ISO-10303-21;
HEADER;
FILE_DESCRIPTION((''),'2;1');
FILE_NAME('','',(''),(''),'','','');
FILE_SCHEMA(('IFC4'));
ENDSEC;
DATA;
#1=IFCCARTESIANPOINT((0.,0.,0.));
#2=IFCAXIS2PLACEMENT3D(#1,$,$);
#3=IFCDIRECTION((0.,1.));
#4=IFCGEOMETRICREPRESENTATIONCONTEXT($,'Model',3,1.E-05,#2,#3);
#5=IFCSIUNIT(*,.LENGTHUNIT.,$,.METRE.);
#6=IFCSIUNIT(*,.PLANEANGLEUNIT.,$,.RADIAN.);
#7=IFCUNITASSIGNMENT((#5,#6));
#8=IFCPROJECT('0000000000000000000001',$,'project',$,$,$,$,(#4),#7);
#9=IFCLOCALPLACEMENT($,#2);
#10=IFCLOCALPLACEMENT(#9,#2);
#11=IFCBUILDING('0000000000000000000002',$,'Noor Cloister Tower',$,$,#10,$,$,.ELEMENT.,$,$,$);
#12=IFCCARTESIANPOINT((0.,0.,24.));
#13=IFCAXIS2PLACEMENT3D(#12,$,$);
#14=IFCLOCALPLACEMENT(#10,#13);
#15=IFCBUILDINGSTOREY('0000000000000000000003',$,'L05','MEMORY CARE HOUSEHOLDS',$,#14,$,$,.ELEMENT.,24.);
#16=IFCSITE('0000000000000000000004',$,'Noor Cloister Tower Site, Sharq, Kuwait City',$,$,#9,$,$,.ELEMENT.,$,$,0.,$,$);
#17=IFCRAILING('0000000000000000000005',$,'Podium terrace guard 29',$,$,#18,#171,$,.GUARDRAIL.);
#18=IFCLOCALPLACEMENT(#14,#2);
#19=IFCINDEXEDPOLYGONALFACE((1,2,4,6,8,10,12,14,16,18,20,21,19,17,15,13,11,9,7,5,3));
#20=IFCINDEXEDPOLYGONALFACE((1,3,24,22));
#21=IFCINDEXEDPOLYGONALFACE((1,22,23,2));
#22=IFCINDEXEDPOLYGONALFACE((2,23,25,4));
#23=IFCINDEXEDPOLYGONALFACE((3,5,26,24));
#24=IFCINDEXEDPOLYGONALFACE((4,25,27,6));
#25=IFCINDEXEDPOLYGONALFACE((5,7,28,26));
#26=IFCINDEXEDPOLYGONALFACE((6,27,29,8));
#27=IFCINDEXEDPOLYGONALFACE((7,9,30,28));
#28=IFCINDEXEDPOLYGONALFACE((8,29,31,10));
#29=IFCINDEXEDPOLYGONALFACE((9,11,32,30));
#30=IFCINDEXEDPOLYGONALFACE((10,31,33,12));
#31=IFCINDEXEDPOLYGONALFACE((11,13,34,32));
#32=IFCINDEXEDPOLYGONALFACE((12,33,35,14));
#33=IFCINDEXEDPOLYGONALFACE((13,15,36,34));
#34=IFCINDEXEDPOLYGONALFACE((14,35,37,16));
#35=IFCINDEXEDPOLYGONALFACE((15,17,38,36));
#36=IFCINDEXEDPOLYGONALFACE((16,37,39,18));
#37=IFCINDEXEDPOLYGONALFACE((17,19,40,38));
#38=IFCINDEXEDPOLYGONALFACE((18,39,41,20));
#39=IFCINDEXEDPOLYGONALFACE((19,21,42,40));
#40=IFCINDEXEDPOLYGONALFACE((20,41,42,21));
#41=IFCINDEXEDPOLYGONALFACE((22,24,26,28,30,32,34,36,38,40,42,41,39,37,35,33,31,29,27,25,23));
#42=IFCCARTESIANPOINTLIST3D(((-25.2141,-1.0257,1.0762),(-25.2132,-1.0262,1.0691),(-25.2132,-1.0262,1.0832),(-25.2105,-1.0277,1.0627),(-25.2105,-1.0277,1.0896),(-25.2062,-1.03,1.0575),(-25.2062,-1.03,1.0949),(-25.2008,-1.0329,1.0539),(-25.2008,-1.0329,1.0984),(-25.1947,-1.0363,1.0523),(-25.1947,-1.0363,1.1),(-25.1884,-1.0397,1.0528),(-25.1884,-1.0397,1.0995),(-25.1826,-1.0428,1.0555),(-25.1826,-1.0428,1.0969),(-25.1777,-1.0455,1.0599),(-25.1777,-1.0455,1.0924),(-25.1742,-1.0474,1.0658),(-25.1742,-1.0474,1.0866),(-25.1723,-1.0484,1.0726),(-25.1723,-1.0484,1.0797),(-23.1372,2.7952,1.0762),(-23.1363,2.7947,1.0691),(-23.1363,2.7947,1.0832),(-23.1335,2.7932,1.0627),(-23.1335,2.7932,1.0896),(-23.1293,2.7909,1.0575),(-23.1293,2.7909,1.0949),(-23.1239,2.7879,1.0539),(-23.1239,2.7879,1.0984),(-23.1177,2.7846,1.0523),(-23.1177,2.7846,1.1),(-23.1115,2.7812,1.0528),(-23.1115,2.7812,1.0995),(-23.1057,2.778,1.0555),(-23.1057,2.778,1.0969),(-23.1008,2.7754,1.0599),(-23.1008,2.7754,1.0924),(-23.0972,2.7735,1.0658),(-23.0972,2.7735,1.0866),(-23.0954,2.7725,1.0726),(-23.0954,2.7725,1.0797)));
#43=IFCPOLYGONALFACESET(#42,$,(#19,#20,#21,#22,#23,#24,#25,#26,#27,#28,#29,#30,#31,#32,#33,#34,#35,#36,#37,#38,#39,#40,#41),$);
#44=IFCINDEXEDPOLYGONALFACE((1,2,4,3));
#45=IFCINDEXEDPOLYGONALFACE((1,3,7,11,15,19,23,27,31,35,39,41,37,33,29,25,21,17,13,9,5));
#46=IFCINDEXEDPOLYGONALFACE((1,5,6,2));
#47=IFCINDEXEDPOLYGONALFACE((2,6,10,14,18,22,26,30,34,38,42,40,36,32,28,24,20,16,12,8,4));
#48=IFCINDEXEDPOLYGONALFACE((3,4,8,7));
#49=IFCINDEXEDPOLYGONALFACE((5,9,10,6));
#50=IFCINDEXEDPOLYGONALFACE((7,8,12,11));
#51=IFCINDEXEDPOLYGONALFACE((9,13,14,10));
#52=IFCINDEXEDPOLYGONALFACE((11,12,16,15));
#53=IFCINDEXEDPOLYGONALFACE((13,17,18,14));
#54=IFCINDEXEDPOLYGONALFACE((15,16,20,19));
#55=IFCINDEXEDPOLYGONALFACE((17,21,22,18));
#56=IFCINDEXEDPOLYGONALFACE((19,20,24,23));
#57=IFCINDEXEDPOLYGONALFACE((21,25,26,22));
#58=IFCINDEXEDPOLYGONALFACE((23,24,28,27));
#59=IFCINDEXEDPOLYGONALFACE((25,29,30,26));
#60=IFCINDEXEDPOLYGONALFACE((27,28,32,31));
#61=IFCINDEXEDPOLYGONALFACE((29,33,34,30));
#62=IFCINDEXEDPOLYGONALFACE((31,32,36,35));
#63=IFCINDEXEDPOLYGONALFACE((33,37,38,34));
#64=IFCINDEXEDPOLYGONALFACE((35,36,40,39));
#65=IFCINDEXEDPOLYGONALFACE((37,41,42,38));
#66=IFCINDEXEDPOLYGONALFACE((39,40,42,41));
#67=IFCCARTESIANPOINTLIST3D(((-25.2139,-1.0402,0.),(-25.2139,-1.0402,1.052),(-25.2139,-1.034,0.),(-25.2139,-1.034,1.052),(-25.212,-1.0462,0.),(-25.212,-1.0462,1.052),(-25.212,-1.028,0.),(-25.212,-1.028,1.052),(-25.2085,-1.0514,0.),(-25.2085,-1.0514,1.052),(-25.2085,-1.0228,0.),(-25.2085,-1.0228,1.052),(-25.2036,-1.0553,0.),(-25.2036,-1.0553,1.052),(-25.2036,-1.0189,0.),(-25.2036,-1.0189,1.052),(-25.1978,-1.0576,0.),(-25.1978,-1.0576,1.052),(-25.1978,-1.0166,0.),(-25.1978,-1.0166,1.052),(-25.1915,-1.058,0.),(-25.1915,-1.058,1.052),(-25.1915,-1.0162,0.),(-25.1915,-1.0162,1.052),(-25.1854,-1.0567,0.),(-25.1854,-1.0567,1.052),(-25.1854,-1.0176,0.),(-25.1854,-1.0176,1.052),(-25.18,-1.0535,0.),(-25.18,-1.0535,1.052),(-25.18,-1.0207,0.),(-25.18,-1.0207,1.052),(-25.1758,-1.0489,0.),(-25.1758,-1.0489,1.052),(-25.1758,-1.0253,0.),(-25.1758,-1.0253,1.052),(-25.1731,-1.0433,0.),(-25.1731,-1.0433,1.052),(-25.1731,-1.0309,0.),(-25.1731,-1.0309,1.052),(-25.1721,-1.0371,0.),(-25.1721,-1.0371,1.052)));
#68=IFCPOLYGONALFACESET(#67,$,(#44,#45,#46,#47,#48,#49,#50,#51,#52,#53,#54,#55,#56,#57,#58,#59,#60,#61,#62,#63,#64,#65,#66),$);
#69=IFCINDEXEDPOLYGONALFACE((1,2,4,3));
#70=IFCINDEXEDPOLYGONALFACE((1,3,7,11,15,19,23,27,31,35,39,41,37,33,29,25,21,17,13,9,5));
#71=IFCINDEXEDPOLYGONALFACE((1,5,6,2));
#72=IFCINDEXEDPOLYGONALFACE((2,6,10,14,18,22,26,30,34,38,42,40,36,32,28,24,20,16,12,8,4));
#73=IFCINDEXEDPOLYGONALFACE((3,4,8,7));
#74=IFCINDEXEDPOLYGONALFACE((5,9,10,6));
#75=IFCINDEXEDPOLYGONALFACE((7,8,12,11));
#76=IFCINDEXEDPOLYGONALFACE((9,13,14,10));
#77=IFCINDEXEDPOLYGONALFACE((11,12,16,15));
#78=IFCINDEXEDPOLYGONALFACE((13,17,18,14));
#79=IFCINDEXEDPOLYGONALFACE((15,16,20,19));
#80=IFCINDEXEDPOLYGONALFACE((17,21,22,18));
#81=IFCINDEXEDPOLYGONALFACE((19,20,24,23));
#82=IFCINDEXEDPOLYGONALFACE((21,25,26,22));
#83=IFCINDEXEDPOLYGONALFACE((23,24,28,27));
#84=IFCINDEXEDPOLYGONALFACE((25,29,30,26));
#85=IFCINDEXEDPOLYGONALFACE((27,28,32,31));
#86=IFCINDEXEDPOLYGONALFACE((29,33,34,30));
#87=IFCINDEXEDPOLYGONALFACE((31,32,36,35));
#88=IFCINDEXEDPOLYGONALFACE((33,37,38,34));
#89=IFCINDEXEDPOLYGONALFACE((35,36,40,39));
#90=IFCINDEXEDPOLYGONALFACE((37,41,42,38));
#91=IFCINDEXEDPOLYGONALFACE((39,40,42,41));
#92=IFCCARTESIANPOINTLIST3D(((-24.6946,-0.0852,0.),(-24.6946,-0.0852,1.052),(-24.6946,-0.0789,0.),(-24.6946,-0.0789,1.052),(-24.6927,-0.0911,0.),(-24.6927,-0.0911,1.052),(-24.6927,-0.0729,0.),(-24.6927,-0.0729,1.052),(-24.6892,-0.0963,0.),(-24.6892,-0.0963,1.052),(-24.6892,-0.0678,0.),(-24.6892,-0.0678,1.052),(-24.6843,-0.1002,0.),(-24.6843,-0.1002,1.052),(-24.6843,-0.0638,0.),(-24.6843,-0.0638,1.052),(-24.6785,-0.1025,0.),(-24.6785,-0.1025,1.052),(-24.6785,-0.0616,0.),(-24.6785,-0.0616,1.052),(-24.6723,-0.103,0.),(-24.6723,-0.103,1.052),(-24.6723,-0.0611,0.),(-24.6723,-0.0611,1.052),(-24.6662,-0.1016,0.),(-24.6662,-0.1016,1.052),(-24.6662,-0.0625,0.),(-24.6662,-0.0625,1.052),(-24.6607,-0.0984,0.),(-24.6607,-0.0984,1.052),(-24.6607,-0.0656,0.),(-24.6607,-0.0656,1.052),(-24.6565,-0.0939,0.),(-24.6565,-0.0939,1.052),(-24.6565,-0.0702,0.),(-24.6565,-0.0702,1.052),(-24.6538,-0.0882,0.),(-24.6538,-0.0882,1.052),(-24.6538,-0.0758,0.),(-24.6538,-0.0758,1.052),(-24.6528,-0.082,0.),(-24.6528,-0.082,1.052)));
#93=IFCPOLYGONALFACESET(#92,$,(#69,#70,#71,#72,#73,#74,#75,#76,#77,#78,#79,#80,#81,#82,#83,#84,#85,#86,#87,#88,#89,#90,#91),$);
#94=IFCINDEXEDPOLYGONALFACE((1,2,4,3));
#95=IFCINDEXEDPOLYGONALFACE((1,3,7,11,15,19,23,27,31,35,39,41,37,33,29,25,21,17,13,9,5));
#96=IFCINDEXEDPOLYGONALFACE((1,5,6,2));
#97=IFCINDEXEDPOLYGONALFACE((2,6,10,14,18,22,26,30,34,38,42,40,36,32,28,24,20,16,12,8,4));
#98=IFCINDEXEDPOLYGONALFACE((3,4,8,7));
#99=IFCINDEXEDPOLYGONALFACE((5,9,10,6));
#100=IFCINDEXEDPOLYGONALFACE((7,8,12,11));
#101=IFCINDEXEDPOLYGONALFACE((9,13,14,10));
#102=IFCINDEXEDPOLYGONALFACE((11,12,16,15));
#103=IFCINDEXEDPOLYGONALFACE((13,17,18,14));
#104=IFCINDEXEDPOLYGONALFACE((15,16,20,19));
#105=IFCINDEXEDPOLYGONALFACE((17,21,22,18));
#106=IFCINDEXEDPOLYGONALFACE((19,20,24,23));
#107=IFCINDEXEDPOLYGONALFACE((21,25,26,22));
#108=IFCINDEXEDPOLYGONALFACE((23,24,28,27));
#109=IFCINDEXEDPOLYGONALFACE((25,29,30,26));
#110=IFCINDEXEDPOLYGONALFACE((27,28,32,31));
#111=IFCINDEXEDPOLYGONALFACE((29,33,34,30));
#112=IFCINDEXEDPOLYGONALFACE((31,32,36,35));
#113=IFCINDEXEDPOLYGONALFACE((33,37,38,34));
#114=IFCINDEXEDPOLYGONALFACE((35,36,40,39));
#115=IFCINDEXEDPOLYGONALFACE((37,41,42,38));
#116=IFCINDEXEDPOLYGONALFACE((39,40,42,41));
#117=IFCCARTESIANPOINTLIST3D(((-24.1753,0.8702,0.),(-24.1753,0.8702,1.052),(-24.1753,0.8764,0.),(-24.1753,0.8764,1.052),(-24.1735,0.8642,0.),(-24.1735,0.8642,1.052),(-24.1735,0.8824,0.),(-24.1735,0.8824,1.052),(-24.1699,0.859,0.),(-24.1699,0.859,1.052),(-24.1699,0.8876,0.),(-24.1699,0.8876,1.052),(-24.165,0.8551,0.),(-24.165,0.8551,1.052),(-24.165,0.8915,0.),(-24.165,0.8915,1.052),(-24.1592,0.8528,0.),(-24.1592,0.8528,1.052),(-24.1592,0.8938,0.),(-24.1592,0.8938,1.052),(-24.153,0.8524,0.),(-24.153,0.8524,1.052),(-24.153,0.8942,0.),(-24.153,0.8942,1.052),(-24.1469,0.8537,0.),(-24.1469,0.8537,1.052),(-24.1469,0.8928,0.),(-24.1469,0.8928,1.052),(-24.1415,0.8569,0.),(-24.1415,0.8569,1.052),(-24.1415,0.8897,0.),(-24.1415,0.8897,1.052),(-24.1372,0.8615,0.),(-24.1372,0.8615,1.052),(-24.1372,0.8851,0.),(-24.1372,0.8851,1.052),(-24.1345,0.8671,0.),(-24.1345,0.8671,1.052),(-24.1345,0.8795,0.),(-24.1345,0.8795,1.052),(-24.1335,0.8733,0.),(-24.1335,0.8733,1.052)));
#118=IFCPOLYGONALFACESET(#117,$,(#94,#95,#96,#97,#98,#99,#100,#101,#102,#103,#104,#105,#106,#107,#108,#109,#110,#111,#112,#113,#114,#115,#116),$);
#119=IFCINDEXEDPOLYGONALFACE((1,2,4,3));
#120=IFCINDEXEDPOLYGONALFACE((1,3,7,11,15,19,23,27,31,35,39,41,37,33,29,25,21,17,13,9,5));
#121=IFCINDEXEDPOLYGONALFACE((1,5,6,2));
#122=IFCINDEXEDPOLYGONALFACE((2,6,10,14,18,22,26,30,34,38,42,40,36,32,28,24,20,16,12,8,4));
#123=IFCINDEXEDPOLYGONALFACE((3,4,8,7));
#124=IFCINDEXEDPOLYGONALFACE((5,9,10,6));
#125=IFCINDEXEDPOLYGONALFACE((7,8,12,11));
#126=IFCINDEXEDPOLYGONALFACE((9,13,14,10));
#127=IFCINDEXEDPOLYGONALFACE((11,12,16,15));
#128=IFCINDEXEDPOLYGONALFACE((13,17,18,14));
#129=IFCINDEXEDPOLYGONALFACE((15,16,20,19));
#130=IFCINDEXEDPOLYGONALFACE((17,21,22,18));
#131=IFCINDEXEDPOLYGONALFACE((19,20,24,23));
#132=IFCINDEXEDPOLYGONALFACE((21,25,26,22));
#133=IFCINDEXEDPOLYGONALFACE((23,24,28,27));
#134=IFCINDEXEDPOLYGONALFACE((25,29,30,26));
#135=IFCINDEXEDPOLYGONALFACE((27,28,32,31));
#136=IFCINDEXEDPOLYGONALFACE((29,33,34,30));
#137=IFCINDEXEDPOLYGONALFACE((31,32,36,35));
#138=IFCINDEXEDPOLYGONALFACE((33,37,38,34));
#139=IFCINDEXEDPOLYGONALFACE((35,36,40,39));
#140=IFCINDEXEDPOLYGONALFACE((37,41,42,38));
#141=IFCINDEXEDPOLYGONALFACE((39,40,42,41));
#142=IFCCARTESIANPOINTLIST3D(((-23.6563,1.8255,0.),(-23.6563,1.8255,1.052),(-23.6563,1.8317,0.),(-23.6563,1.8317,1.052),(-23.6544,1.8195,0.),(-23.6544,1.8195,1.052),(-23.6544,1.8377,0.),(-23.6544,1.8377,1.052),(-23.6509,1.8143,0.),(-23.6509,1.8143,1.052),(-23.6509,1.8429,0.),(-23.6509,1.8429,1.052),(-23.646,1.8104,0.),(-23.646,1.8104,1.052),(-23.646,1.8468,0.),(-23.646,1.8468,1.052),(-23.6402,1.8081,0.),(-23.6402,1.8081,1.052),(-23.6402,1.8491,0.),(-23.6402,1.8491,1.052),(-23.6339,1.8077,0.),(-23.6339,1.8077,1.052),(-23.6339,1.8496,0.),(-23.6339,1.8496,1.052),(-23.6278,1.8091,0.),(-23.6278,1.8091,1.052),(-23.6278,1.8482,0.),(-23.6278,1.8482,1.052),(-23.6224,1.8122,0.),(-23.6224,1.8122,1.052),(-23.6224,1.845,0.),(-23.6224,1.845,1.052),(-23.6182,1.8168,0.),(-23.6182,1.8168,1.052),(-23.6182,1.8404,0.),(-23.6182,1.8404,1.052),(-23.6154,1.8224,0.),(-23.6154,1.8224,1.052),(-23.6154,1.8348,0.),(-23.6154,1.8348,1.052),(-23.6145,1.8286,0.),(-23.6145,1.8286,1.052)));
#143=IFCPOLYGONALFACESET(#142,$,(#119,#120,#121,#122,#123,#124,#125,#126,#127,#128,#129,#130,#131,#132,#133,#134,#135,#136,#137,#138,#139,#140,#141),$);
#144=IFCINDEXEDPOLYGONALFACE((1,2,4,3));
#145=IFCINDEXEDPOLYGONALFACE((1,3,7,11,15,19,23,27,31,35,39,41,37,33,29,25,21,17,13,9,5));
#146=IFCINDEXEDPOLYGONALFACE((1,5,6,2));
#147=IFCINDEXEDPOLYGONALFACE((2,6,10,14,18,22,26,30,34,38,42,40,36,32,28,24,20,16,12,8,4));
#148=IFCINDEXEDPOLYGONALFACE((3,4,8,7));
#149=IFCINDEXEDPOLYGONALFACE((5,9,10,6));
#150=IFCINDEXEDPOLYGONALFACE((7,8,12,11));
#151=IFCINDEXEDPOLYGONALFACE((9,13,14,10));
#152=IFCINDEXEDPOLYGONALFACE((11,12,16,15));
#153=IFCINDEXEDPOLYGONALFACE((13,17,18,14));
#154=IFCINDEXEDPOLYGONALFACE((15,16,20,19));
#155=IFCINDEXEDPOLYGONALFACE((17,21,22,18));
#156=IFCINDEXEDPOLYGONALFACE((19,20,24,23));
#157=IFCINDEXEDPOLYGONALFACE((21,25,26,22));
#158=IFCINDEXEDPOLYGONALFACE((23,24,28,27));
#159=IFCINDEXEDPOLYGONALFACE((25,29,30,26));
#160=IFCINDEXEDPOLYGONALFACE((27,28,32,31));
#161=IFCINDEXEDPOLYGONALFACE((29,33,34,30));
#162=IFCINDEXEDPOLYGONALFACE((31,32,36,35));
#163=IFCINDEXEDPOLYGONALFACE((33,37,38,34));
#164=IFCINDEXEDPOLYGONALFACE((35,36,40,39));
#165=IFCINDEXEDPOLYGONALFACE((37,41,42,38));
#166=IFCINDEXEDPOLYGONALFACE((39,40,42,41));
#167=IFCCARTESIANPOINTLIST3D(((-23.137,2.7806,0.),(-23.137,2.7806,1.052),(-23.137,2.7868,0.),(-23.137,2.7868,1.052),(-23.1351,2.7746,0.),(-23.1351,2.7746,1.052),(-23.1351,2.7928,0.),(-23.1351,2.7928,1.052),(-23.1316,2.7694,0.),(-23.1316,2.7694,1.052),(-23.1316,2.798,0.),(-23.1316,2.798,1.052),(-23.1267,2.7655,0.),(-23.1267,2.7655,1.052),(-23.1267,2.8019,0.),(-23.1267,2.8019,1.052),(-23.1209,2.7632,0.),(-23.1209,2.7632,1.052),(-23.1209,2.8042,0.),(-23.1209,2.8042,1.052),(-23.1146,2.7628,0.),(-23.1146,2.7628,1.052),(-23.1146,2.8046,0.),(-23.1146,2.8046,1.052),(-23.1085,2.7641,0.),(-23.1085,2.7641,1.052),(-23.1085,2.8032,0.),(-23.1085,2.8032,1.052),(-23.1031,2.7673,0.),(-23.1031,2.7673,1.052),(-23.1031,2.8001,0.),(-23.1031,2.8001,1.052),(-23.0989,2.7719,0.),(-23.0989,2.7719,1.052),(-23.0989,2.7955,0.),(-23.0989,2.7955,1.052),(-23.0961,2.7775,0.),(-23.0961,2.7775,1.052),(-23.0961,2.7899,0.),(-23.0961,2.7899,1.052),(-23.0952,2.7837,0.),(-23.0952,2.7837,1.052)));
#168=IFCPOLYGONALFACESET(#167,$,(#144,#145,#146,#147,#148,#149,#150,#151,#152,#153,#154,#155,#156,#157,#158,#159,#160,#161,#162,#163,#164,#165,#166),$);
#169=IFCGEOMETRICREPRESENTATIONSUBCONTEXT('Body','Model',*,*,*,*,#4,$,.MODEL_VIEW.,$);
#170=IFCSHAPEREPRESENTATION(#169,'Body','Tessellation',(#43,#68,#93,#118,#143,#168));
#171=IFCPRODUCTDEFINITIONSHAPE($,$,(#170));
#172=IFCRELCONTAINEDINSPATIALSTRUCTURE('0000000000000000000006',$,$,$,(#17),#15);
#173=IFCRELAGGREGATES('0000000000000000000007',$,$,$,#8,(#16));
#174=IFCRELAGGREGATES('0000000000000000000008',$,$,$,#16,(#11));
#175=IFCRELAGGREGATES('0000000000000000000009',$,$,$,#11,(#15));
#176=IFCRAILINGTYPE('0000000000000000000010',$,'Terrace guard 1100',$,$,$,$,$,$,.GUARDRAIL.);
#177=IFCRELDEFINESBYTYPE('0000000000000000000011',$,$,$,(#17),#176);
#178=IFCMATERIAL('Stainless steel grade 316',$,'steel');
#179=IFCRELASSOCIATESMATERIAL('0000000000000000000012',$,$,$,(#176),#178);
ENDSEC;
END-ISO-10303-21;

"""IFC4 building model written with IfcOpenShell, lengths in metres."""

from ifc_helpers import new_model, si_unit, direction, frame, origin, origin_2d, place, context, subcontext, project, spatial, circle, extrude, material, type_object, element, save


model = new_model("IFC4")

# Units and contexts
model_context = context("Model", 3, precision=1e-05, world=origin(), true_north=direction((0.0, 1.0)))
body_context = subcontext(model_context, "Body", "Model", "MODEL_VIEW")
ifc_project = project(units=[si_unit("LENGTHUNIT", "METRE"), si_unit("PLANEANGLEUNIT", "RADIAN")], contexts=[model_context])

# Site, building, storey
site_placement = place(None, origin())
site = spatial("IfcSite", under=ifc_project, at=site_placement, Name="Noor Cloister Tower Site, Sharq, Kuwait City", CompositionType="ELEMENT", RefElevation=0.0)
building_placement = place(site_placement, origin())
building = spatial("IfcBuilding", under=site, at=building_placement, Name="Noor Cloister Tower", CompositionType="ELEMENT")
storey_placement = place(building_placement, frame((0.0, 0.0, 24.0)))
storey = spatial("IfcBuildingStorey", under=building, at=storey_placement, Name="L05", Description="MEMORY CARE HOUSEHOLDS", CompositionType="ELEMENT", Elevation=24.0)

# Railing
ifc_material_1 = material(Name="Stainless steel grade 316", Category="steel")
railing_type_1 = type_object("IfcRailingType", Name="Terrace guard 1100", PredefinedType="GUARDRAIL", material=ifc_material_1)
railing_1_placement = place(storey_placement, frame((-25.1931, -1.0371, 0.0)))
element("IfcRailing", 1, at=railing_1_placement, inside=storey, type_object=railing_type_1, Name="Podium terrace guard 29", PredefinedType="GUARDRAIL", context=body_context, shape_type="SweptSolid", body=[
    extrude(circle(Radius=0.0239, at=origin_2d()), frame((0.0, 0.0, 1.0762), z_axis=(0.477581, 0.878588, 0.0), x_axis=(-0.878588, 0.477581, 0.0)), (0.0, 0.0, 1.0), 4.3489),
    extrude(circle(Radius=0.021, at=origin_2d()), origin(), (0.0, 0.0, 1.0), 1.052),
    extrude(circle(Radius=0.021, at=origin_2d()), frame((0.5193, 0.9551, 0.0)), (0.0, 0.0, 1.0), 1.052),
    extrude(circle(Radius=0.021, at=origin_2d()), frame((1.0386, 1.9104, 0.0)), (0.0, 0.0, 1.0), 1.052),
    extrude(circle(Radius=0.021, at=origin_2d()), frame((1.5576, 2.8657, 0.0)), (0.0, 0.0, 1.0), 1.052),
    extrude(circle(Radius=0.021, at=origin_2d()), frame((2.0769, 3.8208, 0.0)), (0.0, 0.0, 1.0), 1.052),
])

save(model, "model.ifc")
